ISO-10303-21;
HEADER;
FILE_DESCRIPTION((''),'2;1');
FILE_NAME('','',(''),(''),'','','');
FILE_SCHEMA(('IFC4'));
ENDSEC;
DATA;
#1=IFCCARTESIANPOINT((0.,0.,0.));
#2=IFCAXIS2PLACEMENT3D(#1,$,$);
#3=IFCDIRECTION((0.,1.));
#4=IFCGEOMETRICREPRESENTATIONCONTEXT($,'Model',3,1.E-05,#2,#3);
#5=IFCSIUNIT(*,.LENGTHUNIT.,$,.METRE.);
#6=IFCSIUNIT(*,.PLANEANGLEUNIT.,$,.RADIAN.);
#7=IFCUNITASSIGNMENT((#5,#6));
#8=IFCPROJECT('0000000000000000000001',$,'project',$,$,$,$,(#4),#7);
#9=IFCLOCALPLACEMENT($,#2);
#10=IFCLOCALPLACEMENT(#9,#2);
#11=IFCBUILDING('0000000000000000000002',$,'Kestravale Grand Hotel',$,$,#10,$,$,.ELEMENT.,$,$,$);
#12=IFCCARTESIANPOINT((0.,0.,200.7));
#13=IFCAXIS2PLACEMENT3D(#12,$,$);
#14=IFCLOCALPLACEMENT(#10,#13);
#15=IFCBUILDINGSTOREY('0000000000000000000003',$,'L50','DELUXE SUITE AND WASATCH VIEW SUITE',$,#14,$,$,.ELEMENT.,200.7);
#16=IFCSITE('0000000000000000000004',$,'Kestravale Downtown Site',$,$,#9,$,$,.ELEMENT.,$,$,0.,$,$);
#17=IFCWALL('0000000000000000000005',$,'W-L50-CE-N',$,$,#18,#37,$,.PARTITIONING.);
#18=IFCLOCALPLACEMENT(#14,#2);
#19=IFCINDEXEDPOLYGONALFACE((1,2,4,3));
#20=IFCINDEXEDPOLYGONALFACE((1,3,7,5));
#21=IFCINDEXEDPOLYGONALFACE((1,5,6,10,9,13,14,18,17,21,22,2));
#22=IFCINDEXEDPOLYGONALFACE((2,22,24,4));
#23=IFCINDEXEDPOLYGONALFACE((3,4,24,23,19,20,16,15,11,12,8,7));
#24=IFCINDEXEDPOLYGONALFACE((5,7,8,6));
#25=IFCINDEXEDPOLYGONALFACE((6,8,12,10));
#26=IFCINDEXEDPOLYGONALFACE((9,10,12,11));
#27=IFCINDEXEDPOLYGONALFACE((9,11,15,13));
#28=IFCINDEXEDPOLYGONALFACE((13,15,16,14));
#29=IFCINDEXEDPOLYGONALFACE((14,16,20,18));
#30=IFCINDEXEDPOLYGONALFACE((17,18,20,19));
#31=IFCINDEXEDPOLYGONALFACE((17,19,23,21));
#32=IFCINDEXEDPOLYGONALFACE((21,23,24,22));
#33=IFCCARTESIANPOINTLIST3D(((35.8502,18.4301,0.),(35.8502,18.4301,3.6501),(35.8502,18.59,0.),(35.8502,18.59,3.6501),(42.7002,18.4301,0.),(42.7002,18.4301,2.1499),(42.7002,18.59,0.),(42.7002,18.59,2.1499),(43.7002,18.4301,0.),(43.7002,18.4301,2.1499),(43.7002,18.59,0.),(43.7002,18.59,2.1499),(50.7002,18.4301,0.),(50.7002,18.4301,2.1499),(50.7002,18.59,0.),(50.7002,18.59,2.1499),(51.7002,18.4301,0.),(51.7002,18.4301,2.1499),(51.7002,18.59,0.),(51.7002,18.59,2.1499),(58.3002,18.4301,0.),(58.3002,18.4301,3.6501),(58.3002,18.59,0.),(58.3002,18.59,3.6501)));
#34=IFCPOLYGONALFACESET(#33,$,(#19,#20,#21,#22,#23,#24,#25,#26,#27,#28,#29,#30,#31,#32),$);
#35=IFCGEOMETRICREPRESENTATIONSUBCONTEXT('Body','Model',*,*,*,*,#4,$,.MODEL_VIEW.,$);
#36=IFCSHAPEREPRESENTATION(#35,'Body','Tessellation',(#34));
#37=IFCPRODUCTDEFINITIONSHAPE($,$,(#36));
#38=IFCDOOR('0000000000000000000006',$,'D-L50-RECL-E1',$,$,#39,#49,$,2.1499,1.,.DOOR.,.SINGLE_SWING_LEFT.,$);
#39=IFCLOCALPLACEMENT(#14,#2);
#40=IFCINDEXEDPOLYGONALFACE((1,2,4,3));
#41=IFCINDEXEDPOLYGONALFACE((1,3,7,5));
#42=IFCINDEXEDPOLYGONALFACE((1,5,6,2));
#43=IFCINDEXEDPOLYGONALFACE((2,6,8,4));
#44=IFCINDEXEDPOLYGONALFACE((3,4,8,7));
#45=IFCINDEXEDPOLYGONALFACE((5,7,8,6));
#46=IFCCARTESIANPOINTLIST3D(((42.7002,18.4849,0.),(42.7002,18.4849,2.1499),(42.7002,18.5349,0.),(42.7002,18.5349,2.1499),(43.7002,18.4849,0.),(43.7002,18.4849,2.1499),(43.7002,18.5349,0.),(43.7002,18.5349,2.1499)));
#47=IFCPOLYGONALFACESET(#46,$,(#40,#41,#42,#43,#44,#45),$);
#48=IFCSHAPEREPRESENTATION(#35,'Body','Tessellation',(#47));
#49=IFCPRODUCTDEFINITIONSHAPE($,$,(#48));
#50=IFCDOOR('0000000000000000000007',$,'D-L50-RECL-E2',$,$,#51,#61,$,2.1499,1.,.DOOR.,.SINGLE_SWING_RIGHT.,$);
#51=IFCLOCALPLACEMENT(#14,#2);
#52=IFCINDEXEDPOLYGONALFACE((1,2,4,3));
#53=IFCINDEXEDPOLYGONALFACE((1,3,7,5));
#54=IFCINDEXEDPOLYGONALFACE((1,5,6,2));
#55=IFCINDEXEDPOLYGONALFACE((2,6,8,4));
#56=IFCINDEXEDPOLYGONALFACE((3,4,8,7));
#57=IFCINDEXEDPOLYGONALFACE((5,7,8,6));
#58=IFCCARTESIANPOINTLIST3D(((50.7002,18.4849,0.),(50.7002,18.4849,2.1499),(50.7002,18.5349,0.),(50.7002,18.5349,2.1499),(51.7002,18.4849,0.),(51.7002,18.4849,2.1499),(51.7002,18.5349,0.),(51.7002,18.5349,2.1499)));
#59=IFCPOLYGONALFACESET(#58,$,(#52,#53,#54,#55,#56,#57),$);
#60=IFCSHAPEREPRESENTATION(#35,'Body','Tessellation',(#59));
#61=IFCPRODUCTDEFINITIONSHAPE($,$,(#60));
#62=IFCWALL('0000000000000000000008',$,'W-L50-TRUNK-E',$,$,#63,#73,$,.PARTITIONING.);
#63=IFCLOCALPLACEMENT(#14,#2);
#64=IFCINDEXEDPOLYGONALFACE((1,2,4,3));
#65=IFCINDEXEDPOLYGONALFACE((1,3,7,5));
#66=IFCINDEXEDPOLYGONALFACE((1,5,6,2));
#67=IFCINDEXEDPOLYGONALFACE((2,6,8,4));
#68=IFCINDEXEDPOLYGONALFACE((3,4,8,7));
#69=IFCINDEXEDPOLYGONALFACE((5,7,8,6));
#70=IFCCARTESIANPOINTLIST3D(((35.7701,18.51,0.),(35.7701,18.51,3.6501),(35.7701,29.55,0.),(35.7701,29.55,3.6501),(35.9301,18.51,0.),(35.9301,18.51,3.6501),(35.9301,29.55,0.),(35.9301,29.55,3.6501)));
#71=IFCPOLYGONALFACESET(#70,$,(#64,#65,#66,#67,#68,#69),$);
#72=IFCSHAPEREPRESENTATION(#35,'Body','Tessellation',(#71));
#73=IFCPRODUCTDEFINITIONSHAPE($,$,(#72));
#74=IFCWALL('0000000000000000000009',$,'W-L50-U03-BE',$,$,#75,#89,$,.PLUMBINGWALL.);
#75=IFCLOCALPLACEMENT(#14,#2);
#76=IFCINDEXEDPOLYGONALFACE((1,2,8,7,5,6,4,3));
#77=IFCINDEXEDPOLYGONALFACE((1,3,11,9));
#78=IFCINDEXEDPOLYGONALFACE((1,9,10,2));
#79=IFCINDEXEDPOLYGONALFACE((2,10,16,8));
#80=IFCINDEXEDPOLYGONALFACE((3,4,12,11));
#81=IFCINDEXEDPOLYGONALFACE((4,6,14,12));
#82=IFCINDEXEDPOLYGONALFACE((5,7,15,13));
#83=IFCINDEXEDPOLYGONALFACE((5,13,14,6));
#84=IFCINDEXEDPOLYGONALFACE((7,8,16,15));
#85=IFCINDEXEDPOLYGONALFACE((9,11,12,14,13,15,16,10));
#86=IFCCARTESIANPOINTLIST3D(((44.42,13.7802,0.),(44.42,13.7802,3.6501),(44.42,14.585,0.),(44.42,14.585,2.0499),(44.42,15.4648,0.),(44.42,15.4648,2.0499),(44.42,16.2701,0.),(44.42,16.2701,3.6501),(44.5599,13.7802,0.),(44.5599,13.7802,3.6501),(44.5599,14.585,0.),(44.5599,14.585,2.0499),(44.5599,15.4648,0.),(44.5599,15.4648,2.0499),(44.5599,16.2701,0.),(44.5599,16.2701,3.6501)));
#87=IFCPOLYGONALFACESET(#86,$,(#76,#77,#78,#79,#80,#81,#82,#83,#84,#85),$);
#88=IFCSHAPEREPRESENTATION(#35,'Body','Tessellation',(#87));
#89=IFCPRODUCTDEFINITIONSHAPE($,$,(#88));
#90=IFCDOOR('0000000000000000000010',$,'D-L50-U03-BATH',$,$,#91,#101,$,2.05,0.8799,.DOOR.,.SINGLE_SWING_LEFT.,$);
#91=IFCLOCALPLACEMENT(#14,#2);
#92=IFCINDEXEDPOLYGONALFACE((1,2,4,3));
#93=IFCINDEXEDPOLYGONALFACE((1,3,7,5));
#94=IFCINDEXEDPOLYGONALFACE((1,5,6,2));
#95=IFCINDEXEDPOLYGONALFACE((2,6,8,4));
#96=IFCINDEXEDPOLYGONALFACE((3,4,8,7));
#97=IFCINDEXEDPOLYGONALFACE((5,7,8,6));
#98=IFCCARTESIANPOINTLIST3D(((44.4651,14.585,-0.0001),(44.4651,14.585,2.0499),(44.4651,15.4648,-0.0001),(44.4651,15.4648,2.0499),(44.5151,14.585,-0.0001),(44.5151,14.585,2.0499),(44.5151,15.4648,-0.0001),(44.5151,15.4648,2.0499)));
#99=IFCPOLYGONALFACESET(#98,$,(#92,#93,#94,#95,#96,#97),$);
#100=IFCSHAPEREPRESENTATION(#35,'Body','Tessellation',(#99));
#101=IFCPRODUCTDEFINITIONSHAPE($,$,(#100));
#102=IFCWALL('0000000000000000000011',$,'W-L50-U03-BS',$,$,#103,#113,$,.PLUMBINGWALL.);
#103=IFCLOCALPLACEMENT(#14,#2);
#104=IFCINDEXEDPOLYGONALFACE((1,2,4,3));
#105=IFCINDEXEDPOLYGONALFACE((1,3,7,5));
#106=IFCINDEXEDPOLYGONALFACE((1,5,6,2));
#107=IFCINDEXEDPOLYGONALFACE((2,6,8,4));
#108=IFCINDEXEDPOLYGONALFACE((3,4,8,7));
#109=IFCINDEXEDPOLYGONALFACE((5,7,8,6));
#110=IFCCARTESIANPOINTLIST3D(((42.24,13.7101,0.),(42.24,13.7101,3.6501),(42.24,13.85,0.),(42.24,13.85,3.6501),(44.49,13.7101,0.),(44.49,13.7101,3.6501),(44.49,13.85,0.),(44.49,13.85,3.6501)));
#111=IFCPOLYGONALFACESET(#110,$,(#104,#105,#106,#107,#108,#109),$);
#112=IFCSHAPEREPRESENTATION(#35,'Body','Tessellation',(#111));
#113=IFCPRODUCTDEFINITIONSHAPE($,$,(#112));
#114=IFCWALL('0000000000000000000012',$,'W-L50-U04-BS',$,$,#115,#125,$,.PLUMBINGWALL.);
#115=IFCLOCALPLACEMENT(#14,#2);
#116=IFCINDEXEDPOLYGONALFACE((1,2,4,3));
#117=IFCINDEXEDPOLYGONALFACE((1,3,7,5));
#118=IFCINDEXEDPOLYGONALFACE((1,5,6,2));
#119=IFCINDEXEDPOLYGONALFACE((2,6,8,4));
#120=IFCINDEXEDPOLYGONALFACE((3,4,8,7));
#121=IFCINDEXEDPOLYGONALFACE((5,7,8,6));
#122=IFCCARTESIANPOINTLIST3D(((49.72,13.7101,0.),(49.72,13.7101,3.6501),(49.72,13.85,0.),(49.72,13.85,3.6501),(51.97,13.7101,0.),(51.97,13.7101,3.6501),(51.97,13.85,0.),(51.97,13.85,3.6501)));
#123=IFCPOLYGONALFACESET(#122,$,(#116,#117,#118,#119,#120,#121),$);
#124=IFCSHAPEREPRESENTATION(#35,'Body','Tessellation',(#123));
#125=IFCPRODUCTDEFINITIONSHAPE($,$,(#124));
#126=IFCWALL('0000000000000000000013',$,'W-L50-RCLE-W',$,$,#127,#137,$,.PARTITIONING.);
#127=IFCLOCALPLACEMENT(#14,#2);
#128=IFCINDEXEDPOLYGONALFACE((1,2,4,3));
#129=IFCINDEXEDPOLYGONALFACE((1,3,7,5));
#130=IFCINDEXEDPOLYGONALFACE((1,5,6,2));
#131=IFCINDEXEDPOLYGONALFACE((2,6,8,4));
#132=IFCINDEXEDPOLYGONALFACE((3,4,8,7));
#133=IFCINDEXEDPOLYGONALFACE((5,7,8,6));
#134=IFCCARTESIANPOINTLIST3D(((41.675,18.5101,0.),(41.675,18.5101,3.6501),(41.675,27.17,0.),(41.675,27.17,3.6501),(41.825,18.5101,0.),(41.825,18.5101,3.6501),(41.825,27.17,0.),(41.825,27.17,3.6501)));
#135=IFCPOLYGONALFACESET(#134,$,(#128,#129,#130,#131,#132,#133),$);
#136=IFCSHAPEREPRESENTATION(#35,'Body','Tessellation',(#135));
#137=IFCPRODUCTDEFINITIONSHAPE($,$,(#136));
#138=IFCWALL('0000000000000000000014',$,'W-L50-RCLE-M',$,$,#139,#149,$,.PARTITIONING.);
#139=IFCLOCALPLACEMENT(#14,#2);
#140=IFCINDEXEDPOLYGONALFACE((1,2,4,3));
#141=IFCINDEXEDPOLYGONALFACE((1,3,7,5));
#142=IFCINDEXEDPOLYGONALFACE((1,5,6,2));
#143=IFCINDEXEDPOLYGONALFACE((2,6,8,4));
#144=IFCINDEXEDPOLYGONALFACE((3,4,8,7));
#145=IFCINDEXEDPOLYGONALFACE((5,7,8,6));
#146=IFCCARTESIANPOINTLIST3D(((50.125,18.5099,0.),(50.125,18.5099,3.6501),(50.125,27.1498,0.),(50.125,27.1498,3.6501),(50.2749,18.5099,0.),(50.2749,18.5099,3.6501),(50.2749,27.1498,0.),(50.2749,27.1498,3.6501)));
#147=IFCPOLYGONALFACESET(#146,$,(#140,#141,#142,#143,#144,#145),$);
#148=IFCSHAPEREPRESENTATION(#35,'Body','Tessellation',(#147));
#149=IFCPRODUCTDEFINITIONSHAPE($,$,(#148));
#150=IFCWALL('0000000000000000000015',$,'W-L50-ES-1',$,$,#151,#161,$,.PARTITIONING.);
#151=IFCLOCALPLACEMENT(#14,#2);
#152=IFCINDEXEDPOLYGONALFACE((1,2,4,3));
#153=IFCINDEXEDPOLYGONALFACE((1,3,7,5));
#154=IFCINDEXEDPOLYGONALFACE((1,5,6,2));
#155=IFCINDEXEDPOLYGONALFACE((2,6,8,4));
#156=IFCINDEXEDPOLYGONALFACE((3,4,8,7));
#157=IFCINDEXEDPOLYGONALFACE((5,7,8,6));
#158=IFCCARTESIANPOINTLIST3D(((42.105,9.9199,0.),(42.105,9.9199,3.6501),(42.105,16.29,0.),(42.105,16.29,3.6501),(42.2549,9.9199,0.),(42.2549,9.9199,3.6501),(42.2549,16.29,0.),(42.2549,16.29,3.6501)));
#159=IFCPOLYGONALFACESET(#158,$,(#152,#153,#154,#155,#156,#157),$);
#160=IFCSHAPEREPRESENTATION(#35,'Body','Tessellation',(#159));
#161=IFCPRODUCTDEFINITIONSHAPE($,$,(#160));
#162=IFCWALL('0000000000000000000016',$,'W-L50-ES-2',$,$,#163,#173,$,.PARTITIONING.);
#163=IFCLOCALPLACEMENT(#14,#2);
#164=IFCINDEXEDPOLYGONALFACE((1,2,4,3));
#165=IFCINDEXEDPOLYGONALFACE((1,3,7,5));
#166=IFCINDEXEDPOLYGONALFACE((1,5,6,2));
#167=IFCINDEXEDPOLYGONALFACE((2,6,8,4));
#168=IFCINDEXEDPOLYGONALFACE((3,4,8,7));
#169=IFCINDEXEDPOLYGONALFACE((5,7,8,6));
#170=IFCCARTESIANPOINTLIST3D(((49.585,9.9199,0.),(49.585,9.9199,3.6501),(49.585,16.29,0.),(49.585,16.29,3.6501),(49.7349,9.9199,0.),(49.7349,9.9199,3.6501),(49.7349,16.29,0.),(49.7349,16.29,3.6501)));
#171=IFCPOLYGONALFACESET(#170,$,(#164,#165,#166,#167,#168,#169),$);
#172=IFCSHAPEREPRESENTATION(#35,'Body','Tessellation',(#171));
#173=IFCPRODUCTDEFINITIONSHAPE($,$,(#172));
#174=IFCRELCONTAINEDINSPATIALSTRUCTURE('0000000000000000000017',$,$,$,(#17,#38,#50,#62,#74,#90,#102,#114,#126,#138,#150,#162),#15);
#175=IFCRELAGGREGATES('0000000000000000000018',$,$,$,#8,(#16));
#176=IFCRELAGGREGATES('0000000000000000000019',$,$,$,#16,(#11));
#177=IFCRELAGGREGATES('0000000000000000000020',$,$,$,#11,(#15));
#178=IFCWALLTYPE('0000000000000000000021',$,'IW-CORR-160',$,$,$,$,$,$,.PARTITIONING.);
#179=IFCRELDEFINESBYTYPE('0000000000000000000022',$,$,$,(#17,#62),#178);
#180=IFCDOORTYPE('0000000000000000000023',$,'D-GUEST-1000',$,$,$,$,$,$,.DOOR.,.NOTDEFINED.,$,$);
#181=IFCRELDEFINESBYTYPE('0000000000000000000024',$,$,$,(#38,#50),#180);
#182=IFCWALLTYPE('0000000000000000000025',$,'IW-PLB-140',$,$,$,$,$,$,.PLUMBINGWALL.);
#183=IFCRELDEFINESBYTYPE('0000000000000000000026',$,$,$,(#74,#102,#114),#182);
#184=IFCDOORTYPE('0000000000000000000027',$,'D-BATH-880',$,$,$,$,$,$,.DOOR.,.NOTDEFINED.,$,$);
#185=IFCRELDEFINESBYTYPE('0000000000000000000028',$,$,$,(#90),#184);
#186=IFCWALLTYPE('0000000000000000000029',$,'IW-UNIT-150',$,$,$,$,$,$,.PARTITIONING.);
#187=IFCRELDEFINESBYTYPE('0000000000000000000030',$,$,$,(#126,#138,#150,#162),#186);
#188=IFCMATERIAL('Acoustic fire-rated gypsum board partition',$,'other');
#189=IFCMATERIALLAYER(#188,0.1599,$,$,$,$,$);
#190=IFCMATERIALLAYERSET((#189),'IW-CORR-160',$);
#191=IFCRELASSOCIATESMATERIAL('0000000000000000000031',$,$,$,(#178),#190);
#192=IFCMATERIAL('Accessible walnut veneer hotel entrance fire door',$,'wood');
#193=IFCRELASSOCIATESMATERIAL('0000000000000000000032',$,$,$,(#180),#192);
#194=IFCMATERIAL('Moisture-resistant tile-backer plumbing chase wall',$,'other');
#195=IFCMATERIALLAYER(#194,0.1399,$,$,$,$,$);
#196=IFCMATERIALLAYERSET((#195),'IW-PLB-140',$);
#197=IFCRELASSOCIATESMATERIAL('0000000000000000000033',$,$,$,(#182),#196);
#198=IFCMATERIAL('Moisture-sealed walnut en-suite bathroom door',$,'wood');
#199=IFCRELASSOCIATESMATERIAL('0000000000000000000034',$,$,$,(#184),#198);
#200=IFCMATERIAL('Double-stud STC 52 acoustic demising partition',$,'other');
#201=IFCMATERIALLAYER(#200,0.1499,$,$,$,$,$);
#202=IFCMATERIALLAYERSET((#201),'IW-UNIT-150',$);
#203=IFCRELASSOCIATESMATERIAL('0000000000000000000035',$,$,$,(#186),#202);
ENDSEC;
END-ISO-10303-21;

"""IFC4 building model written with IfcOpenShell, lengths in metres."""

from ifc_helpers import new_model, si_unit, direction, frame, frame_2d, origin, place, context, subcontext, project, spatial, rectangle, extrude, material, layer, layer_set, type_object, element, fill, save


model = new_model("IFC4")

# Units and contexts
model_context = context("Model", 3, precision=1e-05, world=origin(), true_north=direction((0.0, 1.0)))
body_context = subcontext(model_context, "Body", "Model", "MODEL_VIEW")
ifc_project = project(units=[si_unit("LENGTHUNIT", "METRE"), si_unit("PLANEANGLEUNIT", "RADIAN")], contexts=[model_context])

# Site, building, storey
site_placement = place(None, origin())
site = spatial("IfcSite", under=ifc_project, at=site_placement, Name="Kestravale Downtown Site", CompositionType="ELEMENT", RefElevation=0.0)
building_placement = place(site_placement, origin())
building = spatial("IfcBuilding", under=site, at=building_placement, Name="Kestravale Grand Hotel", CompositionType="ELEMENT")
storey_placement = place(building_placement, frame((0.0, 0.0, 200.7)))
storey = spatial("IfcBuildingStorey", under=building, at=storey_placement, Name="L50", Description="DELUXE SUITE AND WASATCH VIEW SUITE", CompositionType="ELEMENT", Elevation=200.7)

# Wall, openings, doors
ifc_material_1 = material(Name="Acoustic fire-rated gypsum board partition", Category="other")
ifc_layer_1 = layer(ifc_material_1, 0.1599)
ifc_layer_set_1 = layer_set([ifc_layer_1], Name="IW-CORR-160")
wall_type_1 = type_object("IfcWallType", Name="IW-CORR-160", PredefinedType="PARTITIONING", material=ifc_layer_set_1)
wall_1_placement = place(storey_placement, frame((35.8501, 18.51, 0.0), z_axis=(0.0, 0.0, 1.0), x_axis=(1.0, 0.0, 0.0)))
wall_1 = element("IfcWall", 1, at=wall_1_placement, inside=storey, type_object=wall_type_1, Name="W-L50-CE-N", PredefinedType="PARTITIONING", context=body_context, shape_type="SweptSolid", body=[
    extrude(rectangle(XDim=22.45, YDim=0.1599, at=frame_2d((11.2251, 0.0))), origin(), (0.0, 0.0, 1.0), 3.6501),
])
opening_1_placement = place(wall_1_placement, frame((6.8501, 0.0, 0.0)))
opening_1 = element("IfcOpeningElement", 2, at=opening_1_placement, cuts=wall_1, PredefinedType="OPENING", context=body_context, shape_type="SweptSolid", body=[
    extrude(rectangle(XDim=1.0, YDim=2.1499, at=frame_2d((0.5, 1.075))), frame((0.0, 0.0898, 0.0), z_axis=(0.0, -1.0, 0.0), x_axis=(1.0, 0.0, 0.0)), (0.0, 0.0, 1.0), 0.1799),
])
opening_2_placement = place(wall_1_placement, frame((14.8501, 0.0, 0.0)))
opening_2 = element("IfcOpeningElement", 3, at=opening_2_placement, cuts=wall_1, PredefinedType="OPENING", context=body_context, shape_type="SweptSolid", body=[
    extrude(rectangle(XDim=1.0, YDim=2.1499, at=frame_2d((0.5, 1.075))), frame((0.0, 0.0898, 0.0), z_axis=(0.0, -1.0, 0.0), x_axis=(1.0, 0.0, 0.0)), (0.0, 0.0, 1.0), 0.1799),
])
ifc_material_2 = material(Name="Accessible walnut veneer hotel entrance fire door", Category="wood")
door_type_1 = type_object("IfcDoorType", Name="D-GUEST-1000", OperationType="NOTDEFINED", PredefinedType="DOOR", material=ifc_material_2)
door_1_placement = place(opening_1_placement, origin())
door_1 = element("IfcDoor", 4, at=door_1_placement, inside=storey, type_object=door_type_1, Name="D-L50-RECL-E1", OperationType="SINGLE_SWING_LEFT", OverallHeight=2.1499, OverallWidth=1.0, PredefinedType="DOOR", context=body_context, shape_type="SweptSolid", body=[
    extrude(rectangle(XDim=1.0, YDim=2.1499, at=frame_2d((0.5, 1.075))), frame((0.0, 0.0249, 0.0), z_axis=(0.0, -1.0, 0.0), x_axis=(1.0, 0.0, 0.0)), (0.0, 0.0, 1.0), 0.05),
])
fill(opening_1, door_1)
door_2_placement = place(opening_2_placement, origin())
door_2 = element("IfcDoor", 5, at=door_2_placement, inside=storey, type_object=door_type_1, Name="D-L50-RECL-E2", OperationType="SINGLE_SWING_RIGHT", OverallHeight=2.1499, OverallWidth=1.0, PredefinedType="DOOR", context=body_context, shape_type="SweptSolid", body=[
    extrude(rectangle(XDim=1.0, YDim=2.1499, at=frame_2d((0.5, 1.075))), frame((0.0, 0.0249, 0.0), z_axis=(0.0, -1.0, 0.0), x_axis=(1.0, 0.0, 0.0)), (0.0, 0.0, 1.0), 0.05),
])
fill(opening_2, door_2)

# Wall
wall_2_placement = place(storey_placement, frame((35.8501, 18.51, 0.0), z_axis=(0.0, 0.0, 1.0), x_axis=(0.0, 1.0, 0.0)))
element("IfcWall", 6, at=wall_2_placement, inside=storey, type_object=wall_type_1, Name="W-L50-TRUNK-E", PredefinedType="PARTITIONING", context=body_context, shape_type="SweptSolid", body=[
    extrude(rectangle(XDim=11.04, YDim=0.1599, at=frame_2d((5.52, 0.0))), origin(), (0.0, 0.0, 1.0), 3.6501),
])

# Wall, opening, door
ifc_material_3 = material(Name="Moisture-resistant tile-backer plumbing chase wall", Category="other")
ifc_layer_2 = layer(ifc_material_3, 0.1399)
ifc_layer_set_2 = layer_set([ifc_layer_2], Name="IW-PLB-140")
wall_type_2 = type_object("IfcWallType", Name="IW-PLB-140", PredefinedType="PLUMBINGWALL", material=ifc_layer_set_2)
wall_3_placement = place(storey_placement, frame((44.49, 13.78, 0.0), z_axis=(0.0, 0.0, 1.0), x_axis=(0.0, 1.0, 0.0)))
wall_3 = element("IfcWall", 7, at=wall_3_placement, inside=storey, type_object=wall_type_2, Name="W-L50-U03-BE", PredefinedType="PLUMBINGWALL", context=body_context, shape_type="SweptSolid", body=[
    extrude(rectangle(XDim=2.49, YDim=0.1399, at=frame_2d((1.2451, 0.0))), origin(), (0.0, 0.0, 1.0), 3.6501),
])
opening_3_placement = place(wall_3_placement, frame((0.8049, 0.0, 0.0)))
opening_3 = element("IfcOpeningElement", 8, at=opening_3_placement, cuts=wall_3, PredefinedType="OPENING", context=body_context, shape_type="SweptSolid", body=[
    extrude(rectangle(XDim=0.8799, YDim=2.05, at=frame_2d((0.4399, 1.0249))), frame((0.0, 0.0798, 0.0), z_axis=(0.0, -1.0, 0.0), x_axis=(1.0, 0.0, 0.0)), (0.0, 0.0, 1.0), 0.1599),
])
ifc_material_4 = material(Name="Moisture-sealed walnut en-suite bathroom door", Category="wood")
door_type_2 = type_object("IfcDoorType", Name="D-BATH-880", OperationType="NOTDEFINED", PredefinedType="DOOR", material=ifc_material_4)
door_3_placement = place(opening_3_placement, origin())
door_3 = element("IfcDoor", 9, at=door_3_placement, inside=storey, type_object=door_type_2, Name="D-L50-U03-BATH", OperationType="SINGLE_SWING_LEFT", OverallHeight=2.05, OverallWidth=0.8799, PredefinedType="DOOR", context=body_context, shape_type="SweptSolid", body=[
    extrude(rectangle(XDim=0.8799, YDim=2.05, at=frame_2d((0.4399, 1.0249))), frame((0.0, 0.0249, 0.0), z_axis=(0.0, -1.0, 0.0), x_axis=(1.0, 0.0, 0.0)), (0.0, 0.0, 1.0), 0.05),
])
fill(opening_3, door_3)

# Walls
for number, where, z_axis, x_axis, name in (
    (10, (42.24, 13.78, 0.0), (0.0, 0.0, 1.0), (1.0, 0.0, 0.0), "W-L50-U03-BS"),
    (11, (49.72, 13.78, 0.0), (0.0, 0.0, 1.0), (1.0, 0.0, 0.0), "W-L50-U04-BS"),
):
    element("IfcWall", number, at=place(storey_placement, frame(where, z_axis=z_axis, x_axis=x_axis)), inside=storey, type_object=wall_type_2, Name=name, PredefinedType="PLUMBINGWALL", context=body_context, shape_type="SweptSolid", body=[
        extrude(rectangle(XDim=2.25, YDim=0.1399, at=frame_2d((1.125, 0.0))), origin(), (0.0, 0.0, 1.0), 3.6501),
    ])
ifc_material_5 = material(Name="Double-stud STC 52 acoustic demising partition", Category="other")
ifc_layer_3 = layer(ifc_material_5, 0.1499)
ifc_layer_set_3 = layer_set([ifc_layer_3], Name="IW-UNIT-150")
wall_type_3 = type_object("IfcWallType", Name="IW-UNIT-150", PredefinedType="PARTITIONING", material=ifc_layer_set_3)
wall_4_placement = place(storey_placement, frame((41.75, 18.51, 0.0), z_axis=(0.0, 0.0, 1.0), x_axis=(0.0, 1.0, 0.0)))
element("IfcWall", 12, at=wall_4_placement, inside=storey, type_object=wall_type_3, Name="W-L50-RCLE-W", PredefinedType="PARTITIONING", context=body_context, shape_type="SweptSolid", body=[
    extrude(rectangle(XDim=8.6599, YDim=0.1499, at=frame_2d((4.3301, 0.0))), origin(), (0.0, 0.0, 1.0), 3.6501),
])
wall_5_placement = place(storey_placement, frame((50.2, 18.51, 0.0), z_axis=(0.0, 0.0, 1.0), x_axis=(0.0, 1.0, 0.0)))
element("IfcWall", 13, at=wall_5_placement, inside=storey, type_object=wall_type_3, Name="W-L50-RCLE-M", PredefinedType="PARTITIONING", context=body_context, shape_type="SweptSolid", body=[
    extrude(rectangle(XDim=8.6399, YDim=0.1499, at=frame_2d((4.3198, 0.0))), origin(), (0.0, 0.0, 1.0), 3.6501),
])
for number, where, z_axis, x_axis, name in (
    (14, (42.1799, 9.9199, 0.0), (0.0, 0.0, 1.0), (0.0, 1.0, 0.0), "W-L50-ES-1"),
    (15, (49.6599, 9.9199, 0.0), (0.0, 0.0, 1.0), (0.0, 1.0, 0.0), "W-L50-ES-2"),
):
    element("IfcWall", number, at=place(storey_placement, frame(where, z_axis=z_axis, x_axis=x_axis)), inside=storey, type_object=wall_type_3, Name=name, PredefinedType="PARTITIONING", context=body_context, shape_type="SweptSolid", body=[
        extrude(rectangle(XDim=6.3701, YDim=0.1499, at=frame_2d((3.1851, 0.0))), origin(), (0.0, 0.0, 1.0), 3.6501),
    ])

save(model, "model.ifc")
